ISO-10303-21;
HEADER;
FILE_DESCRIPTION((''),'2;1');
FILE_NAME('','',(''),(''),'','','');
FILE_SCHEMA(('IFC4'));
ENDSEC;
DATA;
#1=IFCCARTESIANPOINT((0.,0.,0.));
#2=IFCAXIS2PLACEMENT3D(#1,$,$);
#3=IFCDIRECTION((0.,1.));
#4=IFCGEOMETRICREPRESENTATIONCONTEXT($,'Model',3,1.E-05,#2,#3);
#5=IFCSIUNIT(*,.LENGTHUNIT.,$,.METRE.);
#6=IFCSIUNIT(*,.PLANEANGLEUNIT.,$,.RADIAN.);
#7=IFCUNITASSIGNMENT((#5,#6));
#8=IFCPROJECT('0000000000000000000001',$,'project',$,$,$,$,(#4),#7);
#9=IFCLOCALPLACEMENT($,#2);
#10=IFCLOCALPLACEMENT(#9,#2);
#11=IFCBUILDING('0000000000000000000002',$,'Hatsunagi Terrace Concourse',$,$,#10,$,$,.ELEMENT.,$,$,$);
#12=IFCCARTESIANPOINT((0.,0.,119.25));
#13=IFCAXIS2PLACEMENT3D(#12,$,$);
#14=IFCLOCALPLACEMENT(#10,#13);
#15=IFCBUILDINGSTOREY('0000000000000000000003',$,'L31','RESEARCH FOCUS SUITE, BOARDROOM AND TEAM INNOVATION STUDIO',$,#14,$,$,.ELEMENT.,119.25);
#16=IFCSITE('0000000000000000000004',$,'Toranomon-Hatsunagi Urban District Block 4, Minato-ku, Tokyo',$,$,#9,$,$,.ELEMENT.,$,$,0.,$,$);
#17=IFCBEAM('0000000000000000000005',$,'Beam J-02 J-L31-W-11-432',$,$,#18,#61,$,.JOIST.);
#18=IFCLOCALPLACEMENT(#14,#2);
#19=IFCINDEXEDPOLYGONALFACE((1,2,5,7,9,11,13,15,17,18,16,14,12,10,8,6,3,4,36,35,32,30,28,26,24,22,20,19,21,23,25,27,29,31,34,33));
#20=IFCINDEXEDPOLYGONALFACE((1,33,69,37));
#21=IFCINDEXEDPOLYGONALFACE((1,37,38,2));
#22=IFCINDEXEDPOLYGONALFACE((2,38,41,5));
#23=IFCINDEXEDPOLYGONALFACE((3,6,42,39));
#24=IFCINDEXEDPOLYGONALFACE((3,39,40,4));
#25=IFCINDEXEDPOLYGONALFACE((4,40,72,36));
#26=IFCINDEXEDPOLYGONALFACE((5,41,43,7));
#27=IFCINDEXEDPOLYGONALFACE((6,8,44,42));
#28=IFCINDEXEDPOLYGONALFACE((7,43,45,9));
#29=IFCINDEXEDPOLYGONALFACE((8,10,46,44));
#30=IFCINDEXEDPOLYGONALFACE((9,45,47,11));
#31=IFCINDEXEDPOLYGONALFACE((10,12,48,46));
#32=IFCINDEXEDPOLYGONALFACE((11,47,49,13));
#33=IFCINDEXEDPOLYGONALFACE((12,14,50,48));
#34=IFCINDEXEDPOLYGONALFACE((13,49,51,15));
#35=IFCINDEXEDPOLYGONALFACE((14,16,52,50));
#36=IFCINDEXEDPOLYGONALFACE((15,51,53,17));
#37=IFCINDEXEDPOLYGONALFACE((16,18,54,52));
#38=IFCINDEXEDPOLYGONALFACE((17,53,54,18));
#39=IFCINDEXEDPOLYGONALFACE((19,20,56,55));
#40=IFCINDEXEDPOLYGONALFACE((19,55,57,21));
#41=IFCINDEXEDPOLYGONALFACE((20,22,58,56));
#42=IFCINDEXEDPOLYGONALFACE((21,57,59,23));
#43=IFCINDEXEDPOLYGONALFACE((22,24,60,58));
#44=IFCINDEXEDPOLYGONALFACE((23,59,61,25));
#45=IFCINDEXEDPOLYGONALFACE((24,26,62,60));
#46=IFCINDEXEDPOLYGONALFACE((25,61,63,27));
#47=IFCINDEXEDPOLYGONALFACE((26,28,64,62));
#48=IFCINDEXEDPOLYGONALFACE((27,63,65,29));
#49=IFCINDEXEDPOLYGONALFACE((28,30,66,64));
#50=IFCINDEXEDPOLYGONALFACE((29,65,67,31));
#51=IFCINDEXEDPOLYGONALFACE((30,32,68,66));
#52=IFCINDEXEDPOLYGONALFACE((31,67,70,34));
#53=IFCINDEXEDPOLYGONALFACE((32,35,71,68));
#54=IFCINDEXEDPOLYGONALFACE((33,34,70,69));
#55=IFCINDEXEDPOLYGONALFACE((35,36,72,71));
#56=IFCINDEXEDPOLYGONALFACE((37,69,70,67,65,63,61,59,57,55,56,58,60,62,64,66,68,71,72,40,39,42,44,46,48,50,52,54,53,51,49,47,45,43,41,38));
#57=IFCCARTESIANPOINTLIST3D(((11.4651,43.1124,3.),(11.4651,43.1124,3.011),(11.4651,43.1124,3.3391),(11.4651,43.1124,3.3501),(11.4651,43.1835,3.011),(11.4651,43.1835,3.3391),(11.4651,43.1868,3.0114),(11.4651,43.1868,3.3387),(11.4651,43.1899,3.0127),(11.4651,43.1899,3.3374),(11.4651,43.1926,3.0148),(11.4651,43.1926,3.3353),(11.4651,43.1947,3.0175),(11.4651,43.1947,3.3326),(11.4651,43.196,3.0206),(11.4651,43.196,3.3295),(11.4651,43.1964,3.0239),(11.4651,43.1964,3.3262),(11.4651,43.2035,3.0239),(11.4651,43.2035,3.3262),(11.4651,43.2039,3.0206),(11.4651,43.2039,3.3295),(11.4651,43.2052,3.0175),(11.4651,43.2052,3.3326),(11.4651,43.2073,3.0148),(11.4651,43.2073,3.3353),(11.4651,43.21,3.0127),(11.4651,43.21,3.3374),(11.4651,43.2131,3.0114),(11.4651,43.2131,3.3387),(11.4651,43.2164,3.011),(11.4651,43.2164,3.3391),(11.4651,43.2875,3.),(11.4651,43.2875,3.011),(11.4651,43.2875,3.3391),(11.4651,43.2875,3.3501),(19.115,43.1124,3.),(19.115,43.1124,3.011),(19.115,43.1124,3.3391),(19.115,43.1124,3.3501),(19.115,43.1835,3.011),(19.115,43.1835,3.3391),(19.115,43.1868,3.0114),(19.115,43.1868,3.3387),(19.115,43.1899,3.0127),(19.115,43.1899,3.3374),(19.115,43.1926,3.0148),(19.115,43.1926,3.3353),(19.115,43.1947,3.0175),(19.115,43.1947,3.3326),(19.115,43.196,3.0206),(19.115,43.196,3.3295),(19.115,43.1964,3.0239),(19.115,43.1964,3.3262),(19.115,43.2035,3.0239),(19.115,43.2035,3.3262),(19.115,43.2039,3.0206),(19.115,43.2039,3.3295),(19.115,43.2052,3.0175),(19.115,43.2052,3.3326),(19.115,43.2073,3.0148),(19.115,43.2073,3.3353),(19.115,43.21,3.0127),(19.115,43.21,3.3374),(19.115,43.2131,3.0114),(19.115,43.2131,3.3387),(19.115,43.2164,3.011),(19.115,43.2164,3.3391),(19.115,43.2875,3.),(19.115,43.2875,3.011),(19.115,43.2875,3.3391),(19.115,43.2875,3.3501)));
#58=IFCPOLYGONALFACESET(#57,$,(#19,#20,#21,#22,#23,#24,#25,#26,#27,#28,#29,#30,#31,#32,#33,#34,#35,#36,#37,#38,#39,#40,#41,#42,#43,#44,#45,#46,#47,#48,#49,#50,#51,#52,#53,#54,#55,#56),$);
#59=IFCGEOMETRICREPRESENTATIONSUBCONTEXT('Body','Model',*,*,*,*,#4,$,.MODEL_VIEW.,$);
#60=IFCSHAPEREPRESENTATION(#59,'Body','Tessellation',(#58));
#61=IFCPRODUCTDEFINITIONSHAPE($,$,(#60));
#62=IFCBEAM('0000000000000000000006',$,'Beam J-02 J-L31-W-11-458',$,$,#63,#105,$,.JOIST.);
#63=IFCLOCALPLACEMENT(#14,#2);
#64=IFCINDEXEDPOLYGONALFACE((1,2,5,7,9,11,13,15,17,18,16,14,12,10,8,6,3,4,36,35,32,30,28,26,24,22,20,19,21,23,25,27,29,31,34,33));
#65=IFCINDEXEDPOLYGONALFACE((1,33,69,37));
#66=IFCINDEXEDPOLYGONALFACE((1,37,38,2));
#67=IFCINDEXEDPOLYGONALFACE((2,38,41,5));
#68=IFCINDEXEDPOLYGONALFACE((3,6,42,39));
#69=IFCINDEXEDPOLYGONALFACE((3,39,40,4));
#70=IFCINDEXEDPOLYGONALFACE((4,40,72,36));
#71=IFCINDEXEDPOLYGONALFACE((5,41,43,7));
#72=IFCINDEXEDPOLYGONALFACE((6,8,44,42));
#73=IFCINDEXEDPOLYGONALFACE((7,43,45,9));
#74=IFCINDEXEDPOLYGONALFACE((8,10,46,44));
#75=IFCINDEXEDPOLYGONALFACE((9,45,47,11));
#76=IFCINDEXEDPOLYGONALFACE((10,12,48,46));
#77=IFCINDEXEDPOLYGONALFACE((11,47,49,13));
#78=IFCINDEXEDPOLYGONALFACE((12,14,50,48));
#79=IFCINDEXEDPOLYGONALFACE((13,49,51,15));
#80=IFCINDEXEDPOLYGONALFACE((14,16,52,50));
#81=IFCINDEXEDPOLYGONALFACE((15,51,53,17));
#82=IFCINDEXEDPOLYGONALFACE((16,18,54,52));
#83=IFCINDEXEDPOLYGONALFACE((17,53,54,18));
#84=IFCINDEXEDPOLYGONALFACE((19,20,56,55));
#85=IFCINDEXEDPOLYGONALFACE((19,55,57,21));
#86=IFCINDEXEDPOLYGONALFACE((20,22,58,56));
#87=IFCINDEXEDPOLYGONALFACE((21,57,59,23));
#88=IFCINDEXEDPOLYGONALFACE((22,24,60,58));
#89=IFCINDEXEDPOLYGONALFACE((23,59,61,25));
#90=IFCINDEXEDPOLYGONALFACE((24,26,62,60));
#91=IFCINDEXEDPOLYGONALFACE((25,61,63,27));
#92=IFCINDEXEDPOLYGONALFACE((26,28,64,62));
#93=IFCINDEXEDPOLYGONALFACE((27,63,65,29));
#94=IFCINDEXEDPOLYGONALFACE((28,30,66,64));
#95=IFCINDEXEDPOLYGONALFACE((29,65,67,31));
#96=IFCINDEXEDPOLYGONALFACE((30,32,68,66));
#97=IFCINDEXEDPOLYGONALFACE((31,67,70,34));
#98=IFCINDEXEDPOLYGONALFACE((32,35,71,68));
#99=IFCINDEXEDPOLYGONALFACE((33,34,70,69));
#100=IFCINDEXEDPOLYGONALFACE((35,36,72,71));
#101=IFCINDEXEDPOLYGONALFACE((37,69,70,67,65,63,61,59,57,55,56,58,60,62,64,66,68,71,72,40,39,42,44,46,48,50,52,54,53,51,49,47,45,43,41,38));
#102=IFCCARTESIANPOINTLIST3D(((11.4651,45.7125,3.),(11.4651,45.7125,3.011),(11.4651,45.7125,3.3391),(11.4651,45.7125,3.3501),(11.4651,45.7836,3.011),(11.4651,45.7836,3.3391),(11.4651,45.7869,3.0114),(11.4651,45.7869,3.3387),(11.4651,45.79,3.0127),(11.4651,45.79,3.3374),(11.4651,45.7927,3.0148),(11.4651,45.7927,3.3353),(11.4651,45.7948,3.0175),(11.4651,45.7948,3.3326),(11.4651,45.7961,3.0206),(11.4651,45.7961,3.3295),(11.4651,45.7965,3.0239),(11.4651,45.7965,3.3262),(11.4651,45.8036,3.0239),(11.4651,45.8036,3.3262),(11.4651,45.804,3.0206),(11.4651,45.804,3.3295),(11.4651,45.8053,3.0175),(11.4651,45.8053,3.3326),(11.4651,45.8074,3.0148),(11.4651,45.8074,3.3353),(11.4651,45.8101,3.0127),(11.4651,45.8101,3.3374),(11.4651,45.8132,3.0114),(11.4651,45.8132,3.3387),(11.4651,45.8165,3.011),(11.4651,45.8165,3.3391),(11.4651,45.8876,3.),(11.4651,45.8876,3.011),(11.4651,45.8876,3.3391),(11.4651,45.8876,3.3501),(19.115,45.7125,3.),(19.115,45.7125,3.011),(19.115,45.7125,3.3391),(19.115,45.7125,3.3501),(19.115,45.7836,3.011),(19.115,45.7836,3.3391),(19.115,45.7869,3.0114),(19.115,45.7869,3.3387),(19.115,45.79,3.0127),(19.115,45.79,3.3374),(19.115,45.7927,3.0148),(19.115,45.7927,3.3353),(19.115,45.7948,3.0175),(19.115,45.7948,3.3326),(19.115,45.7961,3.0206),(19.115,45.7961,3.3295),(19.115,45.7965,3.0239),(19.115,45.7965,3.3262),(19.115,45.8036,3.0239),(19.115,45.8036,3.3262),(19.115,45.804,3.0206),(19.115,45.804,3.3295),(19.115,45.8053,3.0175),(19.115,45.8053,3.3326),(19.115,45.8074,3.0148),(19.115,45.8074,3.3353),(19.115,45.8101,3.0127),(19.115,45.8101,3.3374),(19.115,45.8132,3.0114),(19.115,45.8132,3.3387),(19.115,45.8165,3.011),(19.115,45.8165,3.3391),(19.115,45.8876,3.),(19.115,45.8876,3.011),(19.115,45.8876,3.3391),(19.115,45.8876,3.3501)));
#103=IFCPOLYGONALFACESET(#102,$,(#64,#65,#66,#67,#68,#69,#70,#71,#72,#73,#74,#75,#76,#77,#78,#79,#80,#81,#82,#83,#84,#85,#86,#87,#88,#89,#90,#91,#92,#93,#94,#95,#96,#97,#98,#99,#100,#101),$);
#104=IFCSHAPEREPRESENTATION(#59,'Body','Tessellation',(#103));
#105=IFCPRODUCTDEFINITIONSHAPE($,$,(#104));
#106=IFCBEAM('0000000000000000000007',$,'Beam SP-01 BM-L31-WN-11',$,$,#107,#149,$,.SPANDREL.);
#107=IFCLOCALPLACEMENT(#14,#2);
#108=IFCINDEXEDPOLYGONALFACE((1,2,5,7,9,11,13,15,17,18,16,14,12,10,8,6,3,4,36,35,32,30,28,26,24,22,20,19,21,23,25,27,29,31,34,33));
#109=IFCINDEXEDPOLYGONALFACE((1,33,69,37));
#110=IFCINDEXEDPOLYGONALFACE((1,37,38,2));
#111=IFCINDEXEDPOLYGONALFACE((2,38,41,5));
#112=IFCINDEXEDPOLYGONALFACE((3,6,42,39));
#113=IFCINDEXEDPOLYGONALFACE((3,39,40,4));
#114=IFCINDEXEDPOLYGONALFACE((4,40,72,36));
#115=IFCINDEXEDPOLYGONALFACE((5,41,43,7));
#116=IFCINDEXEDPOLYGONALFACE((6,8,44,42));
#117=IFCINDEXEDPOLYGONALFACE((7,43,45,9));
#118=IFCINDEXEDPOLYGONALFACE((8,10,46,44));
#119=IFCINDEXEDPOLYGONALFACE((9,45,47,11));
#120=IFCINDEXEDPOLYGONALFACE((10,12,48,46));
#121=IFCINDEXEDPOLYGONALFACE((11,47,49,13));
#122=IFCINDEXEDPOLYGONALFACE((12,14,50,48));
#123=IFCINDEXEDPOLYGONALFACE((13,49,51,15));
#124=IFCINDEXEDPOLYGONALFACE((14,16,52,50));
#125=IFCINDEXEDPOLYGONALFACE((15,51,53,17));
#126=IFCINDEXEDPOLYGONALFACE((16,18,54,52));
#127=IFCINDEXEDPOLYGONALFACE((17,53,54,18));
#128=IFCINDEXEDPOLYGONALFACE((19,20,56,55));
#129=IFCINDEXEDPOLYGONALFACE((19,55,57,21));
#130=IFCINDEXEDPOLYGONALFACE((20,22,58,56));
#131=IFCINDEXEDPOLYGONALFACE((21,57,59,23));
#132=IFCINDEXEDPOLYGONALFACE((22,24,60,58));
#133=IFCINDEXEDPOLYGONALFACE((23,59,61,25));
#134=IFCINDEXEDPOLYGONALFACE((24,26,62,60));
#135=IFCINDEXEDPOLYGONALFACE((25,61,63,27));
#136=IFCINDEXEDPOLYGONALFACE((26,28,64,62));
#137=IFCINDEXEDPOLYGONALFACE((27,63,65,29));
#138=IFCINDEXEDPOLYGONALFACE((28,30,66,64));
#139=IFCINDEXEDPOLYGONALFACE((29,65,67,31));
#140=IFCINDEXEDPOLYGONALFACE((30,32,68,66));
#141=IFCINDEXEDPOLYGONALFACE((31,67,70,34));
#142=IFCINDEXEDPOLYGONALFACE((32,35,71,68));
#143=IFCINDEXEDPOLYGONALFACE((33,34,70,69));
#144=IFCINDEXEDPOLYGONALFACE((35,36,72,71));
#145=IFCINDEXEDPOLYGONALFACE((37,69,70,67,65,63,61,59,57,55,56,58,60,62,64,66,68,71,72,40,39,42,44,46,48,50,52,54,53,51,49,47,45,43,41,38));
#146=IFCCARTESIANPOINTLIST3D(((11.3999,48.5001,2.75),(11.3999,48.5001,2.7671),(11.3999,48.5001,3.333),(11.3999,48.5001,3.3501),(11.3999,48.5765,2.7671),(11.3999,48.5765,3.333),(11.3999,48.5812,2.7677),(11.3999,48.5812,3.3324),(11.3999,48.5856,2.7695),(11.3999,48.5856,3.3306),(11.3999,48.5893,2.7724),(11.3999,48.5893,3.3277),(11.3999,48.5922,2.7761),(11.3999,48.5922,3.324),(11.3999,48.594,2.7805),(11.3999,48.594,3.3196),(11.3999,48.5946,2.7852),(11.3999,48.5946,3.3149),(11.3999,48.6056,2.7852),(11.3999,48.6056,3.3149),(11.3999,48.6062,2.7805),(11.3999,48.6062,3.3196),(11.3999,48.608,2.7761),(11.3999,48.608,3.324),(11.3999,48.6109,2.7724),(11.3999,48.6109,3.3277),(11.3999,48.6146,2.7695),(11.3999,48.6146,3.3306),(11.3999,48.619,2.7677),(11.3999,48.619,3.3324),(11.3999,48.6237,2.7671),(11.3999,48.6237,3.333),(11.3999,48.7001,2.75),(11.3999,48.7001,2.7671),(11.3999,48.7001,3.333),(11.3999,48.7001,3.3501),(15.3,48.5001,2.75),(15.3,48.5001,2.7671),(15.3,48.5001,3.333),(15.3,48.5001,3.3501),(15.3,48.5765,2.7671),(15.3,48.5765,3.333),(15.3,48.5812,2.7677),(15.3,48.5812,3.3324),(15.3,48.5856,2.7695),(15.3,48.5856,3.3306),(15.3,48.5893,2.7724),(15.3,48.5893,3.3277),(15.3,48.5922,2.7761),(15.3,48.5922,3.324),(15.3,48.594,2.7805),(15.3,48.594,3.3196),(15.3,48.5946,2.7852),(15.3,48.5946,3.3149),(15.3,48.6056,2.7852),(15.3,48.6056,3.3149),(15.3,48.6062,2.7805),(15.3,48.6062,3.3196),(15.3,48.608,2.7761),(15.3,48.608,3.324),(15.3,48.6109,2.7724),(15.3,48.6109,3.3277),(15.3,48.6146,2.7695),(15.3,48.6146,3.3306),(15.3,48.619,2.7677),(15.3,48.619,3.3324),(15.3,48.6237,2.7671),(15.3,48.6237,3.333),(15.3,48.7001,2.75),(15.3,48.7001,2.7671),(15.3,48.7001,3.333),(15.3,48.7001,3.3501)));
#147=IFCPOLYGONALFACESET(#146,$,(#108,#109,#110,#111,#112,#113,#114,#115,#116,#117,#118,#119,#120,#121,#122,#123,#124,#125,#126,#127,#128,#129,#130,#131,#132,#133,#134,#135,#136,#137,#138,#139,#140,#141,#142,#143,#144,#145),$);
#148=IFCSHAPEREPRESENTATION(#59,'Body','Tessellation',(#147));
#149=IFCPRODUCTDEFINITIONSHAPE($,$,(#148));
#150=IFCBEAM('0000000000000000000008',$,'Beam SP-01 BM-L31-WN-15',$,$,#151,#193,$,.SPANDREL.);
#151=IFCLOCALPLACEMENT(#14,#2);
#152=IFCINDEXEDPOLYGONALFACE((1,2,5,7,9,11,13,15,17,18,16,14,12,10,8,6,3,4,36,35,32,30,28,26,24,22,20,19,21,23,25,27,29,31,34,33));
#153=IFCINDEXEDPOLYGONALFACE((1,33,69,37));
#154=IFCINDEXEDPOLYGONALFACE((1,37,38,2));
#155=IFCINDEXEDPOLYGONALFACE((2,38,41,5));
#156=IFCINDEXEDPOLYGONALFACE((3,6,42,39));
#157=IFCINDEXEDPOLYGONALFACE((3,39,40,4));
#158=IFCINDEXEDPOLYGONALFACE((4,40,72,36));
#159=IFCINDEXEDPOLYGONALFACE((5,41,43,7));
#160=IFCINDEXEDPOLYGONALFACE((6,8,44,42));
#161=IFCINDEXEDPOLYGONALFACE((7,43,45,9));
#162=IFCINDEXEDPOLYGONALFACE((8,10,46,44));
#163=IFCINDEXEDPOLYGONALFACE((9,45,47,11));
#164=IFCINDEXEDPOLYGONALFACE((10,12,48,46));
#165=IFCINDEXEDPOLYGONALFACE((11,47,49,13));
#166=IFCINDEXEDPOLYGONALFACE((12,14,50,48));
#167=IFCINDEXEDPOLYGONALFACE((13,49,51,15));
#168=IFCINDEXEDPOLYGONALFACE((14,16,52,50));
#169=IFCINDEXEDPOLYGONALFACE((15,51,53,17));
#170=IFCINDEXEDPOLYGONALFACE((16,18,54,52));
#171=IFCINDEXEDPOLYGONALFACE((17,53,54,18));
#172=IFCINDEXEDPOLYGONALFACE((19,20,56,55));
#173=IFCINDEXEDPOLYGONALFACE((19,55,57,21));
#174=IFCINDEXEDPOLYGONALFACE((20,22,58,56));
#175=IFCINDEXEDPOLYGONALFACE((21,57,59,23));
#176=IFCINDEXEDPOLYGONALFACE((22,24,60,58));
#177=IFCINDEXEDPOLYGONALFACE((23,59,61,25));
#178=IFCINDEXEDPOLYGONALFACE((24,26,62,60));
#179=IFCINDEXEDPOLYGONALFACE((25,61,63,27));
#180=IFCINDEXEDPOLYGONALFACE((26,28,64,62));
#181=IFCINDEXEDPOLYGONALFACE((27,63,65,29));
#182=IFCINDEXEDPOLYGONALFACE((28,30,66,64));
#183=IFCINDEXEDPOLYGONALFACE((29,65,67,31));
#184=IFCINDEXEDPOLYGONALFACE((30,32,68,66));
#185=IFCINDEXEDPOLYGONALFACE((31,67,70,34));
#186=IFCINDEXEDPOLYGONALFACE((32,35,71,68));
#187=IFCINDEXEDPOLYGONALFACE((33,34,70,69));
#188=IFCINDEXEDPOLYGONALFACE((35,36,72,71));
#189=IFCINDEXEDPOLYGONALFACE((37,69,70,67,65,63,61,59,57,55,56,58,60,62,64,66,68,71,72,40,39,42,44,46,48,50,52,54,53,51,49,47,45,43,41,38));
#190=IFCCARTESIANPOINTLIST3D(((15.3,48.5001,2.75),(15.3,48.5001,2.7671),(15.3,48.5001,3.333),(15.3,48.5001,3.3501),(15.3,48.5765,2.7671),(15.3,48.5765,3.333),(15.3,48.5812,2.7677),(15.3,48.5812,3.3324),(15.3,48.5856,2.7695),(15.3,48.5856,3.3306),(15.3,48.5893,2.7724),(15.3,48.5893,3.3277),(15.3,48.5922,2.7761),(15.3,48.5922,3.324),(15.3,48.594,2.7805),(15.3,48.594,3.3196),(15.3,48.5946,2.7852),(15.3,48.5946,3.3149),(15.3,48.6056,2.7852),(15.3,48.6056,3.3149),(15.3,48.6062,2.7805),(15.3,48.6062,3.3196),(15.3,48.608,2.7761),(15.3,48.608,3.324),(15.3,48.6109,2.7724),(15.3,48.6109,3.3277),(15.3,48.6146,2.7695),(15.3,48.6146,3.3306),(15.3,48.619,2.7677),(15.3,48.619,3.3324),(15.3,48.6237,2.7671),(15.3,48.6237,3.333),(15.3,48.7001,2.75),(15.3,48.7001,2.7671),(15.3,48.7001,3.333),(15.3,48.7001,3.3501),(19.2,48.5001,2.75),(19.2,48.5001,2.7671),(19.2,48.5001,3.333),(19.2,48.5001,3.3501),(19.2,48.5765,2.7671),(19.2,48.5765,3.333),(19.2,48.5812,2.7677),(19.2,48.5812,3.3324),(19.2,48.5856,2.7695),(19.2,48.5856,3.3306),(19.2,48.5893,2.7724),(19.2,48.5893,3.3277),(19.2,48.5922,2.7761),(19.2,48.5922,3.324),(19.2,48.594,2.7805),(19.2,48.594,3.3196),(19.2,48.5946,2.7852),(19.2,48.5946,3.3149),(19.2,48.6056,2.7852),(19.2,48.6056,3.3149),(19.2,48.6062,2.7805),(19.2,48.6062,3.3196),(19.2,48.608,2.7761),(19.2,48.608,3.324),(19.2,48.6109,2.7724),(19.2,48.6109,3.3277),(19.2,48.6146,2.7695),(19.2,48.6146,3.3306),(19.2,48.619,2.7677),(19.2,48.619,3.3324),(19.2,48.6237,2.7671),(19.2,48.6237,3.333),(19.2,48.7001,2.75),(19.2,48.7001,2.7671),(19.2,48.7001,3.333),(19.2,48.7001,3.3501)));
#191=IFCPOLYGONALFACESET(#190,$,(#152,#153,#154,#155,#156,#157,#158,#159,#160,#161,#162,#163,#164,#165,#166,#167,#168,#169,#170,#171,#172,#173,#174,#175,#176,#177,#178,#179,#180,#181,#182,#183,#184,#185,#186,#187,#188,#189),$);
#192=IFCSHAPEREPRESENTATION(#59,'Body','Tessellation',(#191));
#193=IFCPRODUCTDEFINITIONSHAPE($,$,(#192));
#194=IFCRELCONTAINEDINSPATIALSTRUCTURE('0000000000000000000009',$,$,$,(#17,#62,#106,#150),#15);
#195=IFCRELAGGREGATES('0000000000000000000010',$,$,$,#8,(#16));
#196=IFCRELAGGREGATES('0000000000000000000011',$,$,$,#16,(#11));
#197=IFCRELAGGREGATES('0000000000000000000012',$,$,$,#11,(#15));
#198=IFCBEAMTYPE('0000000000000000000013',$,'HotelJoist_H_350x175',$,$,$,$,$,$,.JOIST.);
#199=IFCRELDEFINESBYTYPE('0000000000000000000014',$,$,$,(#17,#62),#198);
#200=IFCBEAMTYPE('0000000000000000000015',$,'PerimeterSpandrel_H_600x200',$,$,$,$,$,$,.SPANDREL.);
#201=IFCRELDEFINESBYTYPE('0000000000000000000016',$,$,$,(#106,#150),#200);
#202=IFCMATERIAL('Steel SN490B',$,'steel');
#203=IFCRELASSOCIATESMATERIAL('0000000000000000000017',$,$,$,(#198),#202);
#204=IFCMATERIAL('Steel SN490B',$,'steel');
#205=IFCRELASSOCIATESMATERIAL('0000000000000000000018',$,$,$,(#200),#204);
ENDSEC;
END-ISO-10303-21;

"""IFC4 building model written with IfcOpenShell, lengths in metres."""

from ifc_helpers import new_model, si_unit, direction, frame, origin, origin_2d, place, context, subcontext, project, spatial, i_section, extrude, material, material_profile, profile_set, type_object, element, save


model = new_model("IFC4")

# Units and contexts
model_context = context("Model", 3, precision=1e-05, world=origin(), true_north=direction((0.0, 1.0)))
body_context = subcontext(model_context, "Body", "Model", "MODEL_VIEW")
ifc_project = project(units=[si_unit("LENGTHUNIT", "METRE"), si_unit("PLANEANGLEUNIT", "RADIAN")], contexts=[model_context])

# Site, building, storey
site_placement = place(None, origin())
site = spatial("IfcSite", under=ifc_project, at=site_placement, Name="Toranomon-Hatsunagi Urban District Block 4, Minato-ku, Tokyo", CompositionType="ELEMENT", RefElevation=0.0)
building_placement = place(site_placement, origin())
building = spatial("IfcBuilding", under=site, at=building_placement, Name="Hatsunagi Terrace Concourse", CompositionType="ELEMENT")
storey_placement = place(building_placement, frame((0.0, 0.0, 119.25)))
storey = spatial("IfcBuildingStorey", under=building, at=storey_placement, Name="L31", Description="RESEARCH FOCUS SUITE, BOARDROOM AND TEAM INNOVATION STUDIO", CompositionType="ELEMENT", Elevation=119.25)

# Beams
ifc_material_1 = material(Name="Steel SN490B", Category="steel")
ifc_material_profile_1 = material_profile(ifc_material_1, i_section(OverallWidth=0.175, OverallDepth=0.3501, WebThickness=0.0071, FlangeThickness=0.011, FilletRadius=0.0129, at=origin_2d()), Name="H-350x175x7x11")
ifc_profile_set_1 = profile_set([ifc_material_profile_1], Name="Steel SN490B")
beam_type_1 = type_object("IfcBeamType", Name="HotelJoist_H_350x175", PredefinedType="JOIST", material=ifc_profile_set_1)
for number, where, z_axis, x_axis, name in (
    (1, (11.4651, 43.2, 3.175), (1.0, 0.0, 0.0), (0.0, 1.0, 0.0), "Beam J-02 J-L31-W-11-432"),
    (2, (11.4651, 45.8, 3.175), (1.0, 0.0, 0.0), (0.0, 1.0, 0.0), "Beam J-02 J-L31-W-11-458"),
):
    element("IfcBeam", number, at=place(storey_placement, frame(where, z_axis=z_axis, x_axis=x_axis)), inside=storey, type_object=beam_type_1, Name=name, PredefinedType="JOIST", context=body_context, shape_type="SweptSolid", body=[
        extrude(i_section(OverallWidth=0.175, OverallDepth=0.3501, WebThickness=0.0071, FlangeThickness=0.011, FilletRadius=0.0129, at=origin_2d()), origin(), (0.0, 0.0, 1.0), 7.6499),
    ])
ifc_material_2 = material(Name="Steel SN490B", Category="steel")
ifc_material_profile_2 = material_profile(ifc_material_2, i_section(OverallWidth=0.2, OverallDepth=0.6001, WebThickness=0.011, FlangeThickness=0.0171, FilletRadius=0.0181, at=origin_2d()), Name="H-600x200x11x17")
ifc_profile_set_2 = profile_set([ifc_material_profile_2], Name="Steel SN490B")
beam_type_2 = type_object("IfcBeamType", Name="PerimeterSpandrel_H_600x200", PredefinedType="SPANDREL", material=ifc_profile_set_2)
beam_1_placement = place(storey_placement, frame((11.3999, 48.6001, 3.05), z_axis=(1.0, 0.0, 0.0), x_axis=(0.0, 1.0, 0.0)))
element("IfcBeam", 3, at=beam_1_placement, inside=storey, type_object=beam_type_2, Name="Beam SP-01 BM-L31-WN-11", PredefinedType="SPANDREL", context=body_context, shape_type="SweptSolid", body=[
    extrude(i_section(OverallWidth=0.2, OverallDepth=0.6001, WebThickness=0.011, FlangeThickness=0.0171, FilletRadius=0.0181, at=origin_2d()), origin(), (0.0, 0.0, 1.0), 3.9001),
])
beam_2_placement = place(storey_placement, frame((15.3, 48.6001, 3.05), z_axis=(1.0, 0.0, 0.0), x_axis=(0.0, 1.0, 0.0)))
element("IfcBeam", 4, at=beam_2_placement, inside=storey, type_object=beam_type_2, Name="Beam SP-01 BM-L31-WN-15", PredefinedType="SPANDREL", context=body_context, shape_type="SweptSolid", body=[
    extrude(i_section(OverallWidth=0.2, OverallDepth=0.6001, WebThickness=0.011, FlangeThickness=0.0171, FilletRadius=0.0181, at=origin_2d()), origin(), (0.0, 0.0, 1.0), 3.8999),
])

save(model, "model.ifc")
